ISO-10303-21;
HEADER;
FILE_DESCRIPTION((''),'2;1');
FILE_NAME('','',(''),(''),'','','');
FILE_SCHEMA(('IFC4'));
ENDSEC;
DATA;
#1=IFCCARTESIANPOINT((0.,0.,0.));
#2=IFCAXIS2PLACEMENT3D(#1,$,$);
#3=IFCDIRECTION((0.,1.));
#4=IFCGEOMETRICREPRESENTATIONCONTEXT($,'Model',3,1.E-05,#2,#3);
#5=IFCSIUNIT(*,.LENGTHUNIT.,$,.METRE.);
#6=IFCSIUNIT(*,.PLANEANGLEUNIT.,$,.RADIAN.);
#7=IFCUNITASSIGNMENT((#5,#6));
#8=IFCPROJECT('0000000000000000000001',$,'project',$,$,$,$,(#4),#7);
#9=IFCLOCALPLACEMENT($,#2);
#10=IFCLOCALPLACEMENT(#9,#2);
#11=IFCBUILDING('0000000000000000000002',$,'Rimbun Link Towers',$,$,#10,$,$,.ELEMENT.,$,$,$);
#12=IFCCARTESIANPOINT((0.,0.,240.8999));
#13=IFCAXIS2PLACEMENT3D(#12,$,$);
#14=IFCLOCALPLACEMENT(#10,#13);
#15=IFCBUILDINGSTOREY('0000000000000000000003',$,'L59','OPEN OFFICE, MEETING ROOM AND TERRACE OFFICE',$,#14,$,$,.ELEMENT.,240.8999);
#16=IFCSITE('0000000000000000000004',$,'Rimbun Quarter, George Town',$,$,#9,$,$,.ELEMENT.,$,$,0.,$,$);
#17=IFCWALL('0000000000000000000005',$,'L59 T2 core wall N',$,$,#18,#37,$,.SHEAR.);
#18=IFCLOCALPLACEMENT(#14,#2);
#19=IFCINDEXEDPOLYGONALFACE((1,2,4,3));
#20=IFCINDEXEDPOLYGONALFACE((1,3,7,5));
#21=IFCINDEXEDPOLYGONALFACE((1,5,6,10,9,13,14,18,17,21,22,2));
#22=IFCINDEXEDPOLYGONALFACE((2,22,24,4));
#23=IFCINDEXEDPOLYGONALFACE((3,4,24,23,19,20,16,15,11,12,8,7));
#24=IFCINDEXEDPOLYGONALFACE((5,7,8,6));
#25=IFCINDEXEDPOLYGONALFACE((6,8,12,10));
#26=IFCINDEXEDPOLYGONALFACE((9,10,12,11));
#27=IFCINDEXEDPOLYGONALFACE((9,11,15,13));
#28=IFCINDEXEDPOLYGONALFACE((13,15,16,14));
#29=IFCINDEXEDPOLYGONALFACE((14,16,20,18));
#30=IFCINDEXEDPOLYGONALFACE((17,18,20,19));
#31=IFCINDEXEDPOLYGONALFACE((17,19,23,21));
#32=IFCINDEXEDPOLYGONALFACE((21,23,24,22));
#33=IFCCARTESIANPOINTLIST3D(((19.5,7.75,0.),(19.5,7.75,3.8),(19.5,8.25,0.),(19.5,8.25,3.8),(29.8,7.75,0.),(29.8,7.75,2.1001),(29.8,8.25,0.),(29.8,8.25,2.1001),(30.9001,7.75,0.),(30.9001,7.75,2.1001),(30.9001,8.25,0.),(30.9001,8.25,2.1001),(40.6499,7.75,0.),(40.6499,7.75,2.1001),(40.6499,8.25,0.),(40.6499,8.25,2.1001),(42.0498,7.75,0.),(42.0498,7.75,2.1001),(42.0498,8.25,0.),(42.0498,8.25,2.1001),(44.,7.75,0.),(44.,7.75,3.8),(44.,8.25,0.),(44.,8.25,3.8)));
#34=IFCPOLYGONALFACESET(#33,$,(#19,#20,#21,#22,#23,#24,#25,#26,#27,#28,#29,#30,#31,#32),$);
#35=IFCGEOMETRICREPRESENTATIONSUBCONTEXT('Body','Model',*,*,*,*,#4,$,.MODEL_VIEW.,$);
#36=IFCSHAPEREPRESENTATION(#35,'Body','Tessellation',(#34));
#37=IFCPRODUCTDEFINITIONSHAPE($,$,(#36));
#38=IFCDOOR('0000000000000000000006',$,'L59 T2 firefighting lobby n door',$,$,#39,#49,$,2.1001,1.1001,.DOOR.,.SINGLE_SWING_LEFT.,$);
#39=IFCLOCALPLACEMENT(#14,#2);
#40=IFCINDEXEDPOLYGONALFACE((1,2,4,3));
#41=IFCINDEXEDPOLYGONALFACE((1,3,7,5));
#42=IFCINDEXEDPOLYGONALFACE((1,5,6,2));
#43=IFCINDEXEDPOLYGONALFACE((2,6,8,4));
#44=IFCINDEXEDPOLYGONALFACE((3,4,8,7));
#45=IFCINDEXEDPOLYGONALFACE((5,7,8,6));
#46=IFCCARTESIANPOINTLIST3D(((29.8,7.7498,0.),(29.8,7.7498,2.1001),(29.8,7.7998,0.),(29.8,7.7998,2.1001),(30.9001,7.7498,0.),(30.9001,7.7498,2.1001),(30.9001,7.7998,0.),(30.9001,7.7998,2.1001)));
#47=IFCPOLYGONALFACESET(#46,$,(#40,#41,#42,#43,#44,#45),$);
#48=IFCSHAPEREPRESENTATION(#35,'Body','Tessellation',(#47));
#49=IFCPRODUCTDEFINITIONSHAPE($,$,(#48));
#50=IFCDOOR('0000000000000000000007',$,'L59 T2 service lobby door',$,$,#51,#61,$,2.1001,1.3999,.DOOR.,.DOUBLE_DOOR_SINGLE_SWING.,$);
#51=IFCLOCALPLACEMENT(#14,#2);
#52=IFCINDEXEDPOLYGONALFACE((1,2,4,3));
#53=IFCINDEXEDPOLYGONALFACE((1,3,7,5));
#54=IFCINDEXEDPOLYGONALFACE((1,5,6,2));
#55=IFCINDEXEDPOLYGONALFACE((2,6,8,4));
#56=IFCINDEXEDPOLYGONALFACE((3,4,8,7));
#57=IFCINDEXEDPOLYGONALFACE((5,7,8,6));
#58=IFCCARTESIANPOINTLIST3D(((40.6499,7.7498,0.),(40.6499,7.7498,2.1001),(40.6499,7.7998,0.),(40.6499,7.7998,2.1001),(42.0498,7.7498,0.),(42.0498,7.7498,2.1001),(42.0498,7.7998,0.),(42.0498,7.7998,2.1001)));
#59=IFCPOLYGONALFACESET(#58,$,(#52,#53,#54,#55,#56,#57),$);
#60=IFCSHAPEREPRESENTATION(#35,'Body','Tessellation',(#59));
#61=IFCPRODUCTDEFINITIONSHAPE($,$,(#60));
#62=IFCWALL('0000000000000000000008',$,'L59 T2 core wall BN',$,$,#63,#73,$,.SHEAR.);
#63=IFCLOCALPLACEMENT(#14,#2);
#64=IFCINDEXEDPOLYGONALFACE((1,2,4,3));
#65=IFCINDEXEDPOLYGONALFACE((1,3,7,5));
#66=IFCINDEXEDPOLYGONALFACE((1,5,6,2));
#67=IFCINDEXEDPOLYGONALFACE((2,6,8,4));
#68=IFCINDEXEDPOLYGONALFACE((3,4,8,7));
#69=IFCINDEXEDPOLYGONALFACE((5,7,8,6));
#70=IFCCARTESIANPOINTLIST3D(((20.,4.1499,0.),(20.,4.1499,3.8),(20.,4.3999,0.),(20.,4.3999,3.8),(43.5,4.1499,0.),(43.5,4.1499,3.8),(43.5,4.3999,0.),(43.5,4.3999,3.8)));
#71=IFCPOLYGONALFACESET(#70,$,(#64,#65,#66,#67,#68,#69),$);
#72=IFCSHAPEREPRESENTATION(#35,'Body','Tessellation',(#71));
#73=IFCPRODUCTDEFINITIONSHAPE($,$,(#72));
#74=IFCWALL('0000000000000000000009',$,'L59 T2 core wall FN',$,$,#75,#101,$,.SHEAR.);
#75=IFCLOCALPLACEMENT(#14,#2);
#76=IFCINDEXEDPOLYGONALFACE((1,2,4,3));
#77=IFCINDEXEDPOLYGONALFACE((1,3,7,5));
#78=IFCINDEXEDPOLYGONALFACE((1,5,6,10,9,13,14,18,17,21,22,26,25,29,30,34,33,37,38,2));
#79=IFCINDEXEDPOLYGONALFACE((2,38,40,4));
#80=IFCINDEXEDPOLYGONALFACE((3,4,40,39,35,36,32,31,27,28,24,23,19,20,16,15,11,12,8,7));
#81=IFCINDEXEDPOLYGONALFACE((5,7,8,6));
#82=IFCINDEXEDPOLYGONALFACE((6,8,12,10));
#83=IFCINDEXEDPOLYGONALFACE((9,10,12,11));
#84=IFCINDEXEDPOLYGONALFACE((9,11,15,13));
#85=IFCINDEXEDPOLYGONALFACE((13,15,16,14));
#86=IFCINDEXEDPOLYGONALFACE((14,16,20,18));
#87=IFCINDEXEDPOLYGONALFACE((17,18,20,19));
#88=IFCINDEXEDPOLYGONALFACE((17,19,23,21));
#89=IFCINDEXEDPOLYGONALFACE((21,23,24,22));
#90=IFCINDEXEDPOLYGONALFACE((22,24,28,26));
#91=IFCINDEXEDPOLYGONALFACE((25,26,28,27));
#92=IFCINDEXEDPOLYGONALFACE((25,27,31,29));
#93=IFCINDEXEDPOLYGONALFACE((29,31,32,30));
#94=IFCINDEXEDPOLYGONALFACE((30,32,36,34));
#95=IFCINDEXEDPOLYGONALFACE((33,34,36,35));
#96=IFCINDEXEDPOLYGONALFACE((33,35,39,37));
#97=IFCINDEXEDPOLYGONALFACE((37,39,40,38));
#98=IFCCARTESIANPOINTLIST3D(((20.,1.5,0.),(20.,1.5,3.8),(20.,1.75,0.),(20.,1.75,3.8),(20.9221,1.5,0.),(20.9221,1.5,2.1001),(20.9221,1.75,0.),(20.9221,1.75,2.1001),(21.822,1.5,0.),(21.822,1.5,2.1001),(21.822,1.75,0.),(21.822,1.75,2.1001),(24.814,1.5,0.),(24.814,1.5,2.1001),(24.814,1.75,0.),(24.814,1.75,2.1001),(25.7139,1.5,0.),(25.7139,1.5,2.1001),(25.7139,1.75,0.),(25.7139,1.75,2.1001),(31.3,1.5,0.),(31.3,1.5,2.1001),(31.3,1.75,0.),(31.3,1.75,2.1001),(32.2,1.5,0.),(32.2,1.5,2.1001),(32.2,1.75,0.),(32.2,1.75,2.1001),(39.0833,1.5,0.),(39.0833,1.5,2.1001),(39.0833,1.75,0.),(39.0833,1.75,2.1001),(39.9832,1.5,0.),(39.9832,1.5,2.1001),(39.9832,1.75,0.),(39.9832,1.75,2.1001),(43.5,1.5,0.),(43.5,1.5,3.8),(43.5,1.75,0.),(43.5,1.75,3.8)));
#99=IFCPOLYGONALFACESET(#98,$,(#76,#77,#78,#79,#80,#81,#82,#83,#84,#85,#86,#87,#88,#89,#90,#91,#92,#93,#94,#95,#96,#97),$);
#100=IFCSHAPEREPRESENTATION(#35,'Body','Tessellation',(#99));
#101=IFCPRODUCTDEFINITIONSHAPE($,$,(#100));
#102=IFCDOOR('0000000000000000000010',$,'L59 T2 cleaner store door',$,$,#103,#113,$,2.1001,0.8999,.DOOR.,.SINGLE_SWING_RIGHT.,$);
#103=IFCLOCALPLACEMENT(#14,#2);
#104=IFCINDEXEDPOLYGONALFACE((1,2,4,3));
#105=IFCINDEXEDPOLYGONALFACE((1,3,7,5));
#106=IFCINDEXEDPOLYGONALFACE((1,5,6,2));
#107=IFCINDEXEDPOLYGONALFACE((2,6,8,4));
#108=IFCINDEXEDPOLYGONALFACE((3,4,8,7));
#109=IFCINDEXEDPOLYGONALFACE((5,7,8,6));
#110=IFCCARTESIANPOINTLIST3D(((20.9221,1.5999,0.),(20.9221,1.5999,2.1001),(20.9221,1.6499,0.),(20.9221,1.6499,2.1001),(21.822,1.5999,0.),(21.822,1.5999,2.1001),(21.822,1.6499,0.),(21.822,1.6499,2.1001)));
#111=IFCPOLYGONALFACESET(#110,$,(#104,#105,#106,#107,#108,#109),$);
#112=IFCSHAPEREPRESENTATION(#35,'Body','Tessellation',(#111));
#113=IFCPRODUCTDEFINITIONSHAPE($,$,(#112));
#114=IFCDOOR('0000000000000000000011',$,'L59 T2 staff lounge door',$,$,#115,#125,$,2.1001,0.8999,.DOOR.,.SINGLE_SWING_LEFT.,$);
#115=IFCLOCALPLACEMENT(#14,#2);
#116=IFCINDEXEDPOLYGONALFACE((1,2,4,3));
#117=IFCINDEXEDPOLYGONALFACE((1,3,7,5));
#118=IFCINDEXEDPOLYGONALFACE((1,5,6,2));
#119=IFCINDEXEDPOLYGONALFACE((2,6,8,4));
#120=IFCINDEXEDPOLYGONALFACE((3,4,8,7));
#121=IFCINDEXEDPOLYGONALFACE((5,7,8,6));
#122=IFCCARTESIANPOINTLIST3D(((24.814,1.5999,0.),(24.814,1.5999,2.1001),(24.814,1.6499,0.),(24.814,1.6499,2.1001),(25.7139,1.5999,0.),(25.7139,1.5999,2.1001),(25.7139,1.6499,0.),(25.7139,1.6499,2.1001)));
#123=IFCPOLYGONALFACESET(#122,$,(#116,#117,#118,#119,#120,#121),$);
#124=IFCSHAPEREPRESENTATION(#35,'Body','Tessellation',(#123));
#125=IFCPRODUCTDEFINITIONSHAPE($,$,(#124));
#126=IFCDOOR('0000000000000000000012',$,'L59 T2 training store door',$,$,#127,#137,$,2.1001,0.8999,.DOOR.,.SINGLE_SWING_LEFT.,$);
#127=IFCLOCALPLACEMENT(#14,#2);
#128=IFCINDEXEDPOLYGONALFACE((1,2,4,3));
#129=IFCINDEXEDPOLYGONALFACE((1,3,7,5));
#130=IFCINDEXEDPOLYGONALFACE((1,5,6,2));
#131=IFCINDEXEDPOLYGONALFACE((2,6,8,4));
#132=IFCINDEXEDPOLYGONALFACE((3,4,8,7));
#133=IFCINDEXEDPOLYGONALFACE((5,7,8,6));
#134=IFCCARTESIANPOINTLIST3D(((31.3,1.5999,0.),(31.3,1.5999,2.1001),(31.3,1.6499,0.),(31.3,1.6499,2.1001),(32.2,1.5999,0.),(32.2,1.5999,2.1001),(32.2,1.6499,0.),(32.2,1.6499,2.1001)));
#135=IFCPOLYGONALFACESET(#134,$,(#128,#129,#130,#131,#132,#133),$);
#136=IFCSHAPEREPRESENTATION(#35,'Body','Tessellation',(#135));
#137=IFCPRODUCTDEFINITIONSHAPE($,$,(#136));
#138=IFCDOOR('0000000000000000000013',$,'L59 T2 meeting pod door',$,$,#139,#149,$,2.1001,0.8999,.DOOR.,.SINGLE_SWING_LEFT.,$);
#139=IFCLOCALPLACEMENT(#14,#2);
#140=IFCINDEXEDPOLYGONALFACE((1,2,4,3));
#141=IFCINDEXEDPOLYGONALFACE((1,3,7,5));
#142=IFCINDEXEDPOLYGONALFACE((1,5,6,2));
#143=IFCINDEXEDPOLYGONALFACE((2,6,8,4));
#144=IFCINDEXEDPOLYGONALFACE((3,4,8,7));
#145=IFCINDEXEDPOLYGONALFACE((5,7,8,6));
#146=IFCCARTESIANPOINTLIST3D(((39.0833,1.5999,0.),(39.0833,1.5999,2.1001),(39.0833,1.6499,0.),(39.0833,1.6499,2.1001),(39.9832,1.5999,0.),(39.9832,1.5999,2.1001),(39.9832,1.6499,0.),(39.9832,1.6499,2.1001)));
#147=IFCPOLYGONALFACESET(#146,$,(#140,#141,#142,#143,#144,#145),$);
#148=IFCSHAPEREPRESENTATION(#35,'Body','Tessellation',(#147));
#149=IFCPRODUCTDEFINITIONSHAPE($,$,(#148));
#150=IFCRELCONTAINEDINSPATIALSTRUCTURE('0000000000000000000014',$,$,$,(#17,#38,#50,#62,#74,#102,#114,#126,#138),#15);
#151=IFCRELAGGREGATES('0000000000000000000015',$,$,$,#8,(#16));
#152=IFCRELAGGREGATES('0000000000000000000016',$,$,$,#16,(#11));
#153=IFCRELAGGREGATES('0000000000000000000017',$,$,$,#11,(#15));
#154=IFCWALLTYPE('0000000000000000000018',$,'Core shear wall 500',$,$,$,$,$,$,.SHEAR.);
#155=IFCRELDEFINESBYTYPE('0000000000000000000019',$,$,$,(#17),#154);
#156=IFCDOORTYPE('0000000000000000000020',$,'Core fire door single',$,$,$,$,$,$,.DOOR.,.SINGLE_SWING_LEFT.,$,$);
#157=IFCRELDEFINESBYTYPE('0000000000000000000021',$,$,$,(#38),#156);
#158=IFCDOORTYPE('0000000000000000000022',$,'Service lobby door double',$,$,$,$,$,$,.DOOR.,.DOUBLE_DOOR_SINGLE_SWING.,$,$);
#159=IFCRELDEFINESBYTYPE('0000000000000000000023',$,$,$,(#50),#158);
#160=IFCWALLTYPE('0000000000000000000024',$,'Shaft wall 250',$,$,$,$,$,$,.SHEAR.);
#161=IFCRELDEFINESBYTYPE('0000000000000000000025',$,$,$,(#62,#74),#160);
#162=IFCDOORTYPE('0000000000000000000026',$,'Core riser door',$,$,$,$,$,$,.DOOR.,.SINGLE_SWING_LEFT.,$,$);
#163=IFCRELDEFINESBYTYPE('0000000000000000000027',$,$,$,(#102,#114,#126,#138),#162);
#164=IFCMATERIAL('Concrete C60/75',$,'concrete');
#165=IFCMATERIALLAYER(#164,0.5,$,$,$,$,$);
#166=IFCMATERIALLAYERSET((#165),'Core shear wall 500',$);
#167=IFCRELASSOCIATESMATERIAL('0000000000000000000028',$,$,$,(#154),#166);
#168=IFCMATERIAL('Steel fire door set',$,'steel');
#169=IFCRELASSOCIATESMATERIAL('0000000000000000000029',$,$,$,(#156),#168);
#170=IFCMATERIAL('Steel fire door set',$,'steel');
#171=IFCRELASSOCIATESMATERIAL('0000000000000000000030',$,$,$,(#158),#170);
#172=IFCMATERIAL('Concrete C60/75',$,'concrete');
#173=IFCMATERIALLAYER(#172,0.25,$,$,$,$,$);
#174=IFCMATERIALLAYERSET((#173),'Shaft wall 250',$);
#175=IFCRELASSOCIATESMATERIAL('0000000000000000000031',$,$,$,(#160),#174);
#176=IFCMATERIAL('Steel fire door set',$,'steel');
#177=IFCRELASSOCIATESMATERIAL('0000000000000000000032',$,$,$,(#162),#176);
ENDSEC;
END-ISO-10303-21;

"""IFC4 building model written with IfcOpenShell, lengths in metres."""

from ifc_helpers import new_model, si_unit, direction, frame, frame_2d, origin, place, context, subcontext, project, spatial, rectangle, extrude, material, layer, layer_set, type_object, element, fill, save


model = new_model("IFC4")

# Units and contexts
model_context = context("Model", 3, precision=1e-05, world=origin(), true_north=direction((0.0, 1.0)))
body_context = subcontext(model_context, "Body", "Model", "MODEL_VIEW")
ifc_project = project(units=[si_unit("LENGTHUNIT", "METRE"), si_unit("PLANEANGLEUNIT", "RADIAN")], contexts=[model_context])

# Site, building, storey
site_placement = place(None, origin())
site = spatial("IfcSite", under=ifc_project, at=site_placement, Name="Rimbun Quarter, George Town", CompositionType="ELEMENT", RefElevation=0.0)
building_placement = place(site_placement, origin())
building = spatial("IfcBuilding", under=site, at=building_placement, Name="Rimbun Link Towers", CompositionType="ELEMENT")
storey_placement = place(building_placement, frame((0.0, 0.0, 240.8999)))
storey = spatial("IfcBuildingStorey", under=building, at=storey_placement, Name="L59", Description="OPEN OFFICE, MEETING ROOM AND TERRACE OFFICE", CompositionType="ELEMENT", Elevation=240.8999)

# Wall, openings, doors
ifc_material_1 = material(Name="Concrete C60/75", Category="concrete")
ifc_layer_1 = layer(ifc_material_1, 0.5)
ifc_layer_set_1 = layer_set([ifc_layer_1], Name="Core shear wall 500")
wall_type_1 = type_object("IfcWallType", Name="Core shear wall 500", PredefinedType="SHEAR", material=ifc_layer_set_1)
wall_1_placement = place(storey_placement, frame((19.5, 8.0, 0.0), z_axis=(0.0, 0.0, 1.0), x_axis=(1.0, 0.0, 0.0)))
wall_1 = element("IfcWall", 1, at=wall_1_placement, inside=storey, type_object=wall_type_1, Name="L59 T2 core wall N", PredefinedType="SHEAR", context=body_context, shape_type="SweptSolid", body=[
    extrude(rectangle(XDim=24.5, YDim=0.5, at=frame_2d((12.25, 0.0))), origin(), (0.0, 0.0, 1.0), 3.8),
])
opening_1_placement = place(wall_1_placement, frame((10.3, 0.0, 0.0)))
opening_1 = element("IfcOpeningElement", 2, at=opening_1_placement, cuts=wall_1, PredefinedType="OPENING", context=body_context, shape_type="SweptSolid", body=[
    extrude(rectangle(XDim=1.1001, YDim=2.1001, at=frame_2d((0.55, 1.05))), frame((0.0, 0.26, 0.0), z_axis=(0.0, -1.0, 0.0), x_axis=(1.0, 0.0, 0.0)), (0.0, 0.0, 1.0), 0.52),
])
opening_2_placement = place(wall_1_placement, frame((21.1499, 0.0, 0.0)))
opening_2 = element("IfcOpeningElement", 3, at=opening_2_placement, cuts=wall_1, PredefinedType="OPENING", context=body_context, shape_type="SweptSolid", body=[
    extrude(rectangle(XDim=1.3999, YDim=2.1001, at=frame_2d((0.7, 1.05))), frame((0.0, 0.26, 0.0), z_axis=(0.0, -1.0, 0.0), x_axis=(1.0, 0.0, 0.0)), (0.0, 0.0, 1.0), 0.52),
])
ifc_material_2 = material(Name="Steel fire door set", Category="steel")
door_type_1 = type_object("IfcDoorType", Name="Core fire door single", OperationType="SINGLE_SWING_LEFT", PredefinedType="DOOR", material=ifc_material_2)
door_1_placement = place(opening_1_placement, origin())
door_1 = element("IfcDoor", 4, at=door_1_placement, inside=storey, type_object=door_type_1, Name="L59 T2 firefighting lobby n door", OperationType="SINGLE_SWING_LEFT", OverallHeight=2.1001, OverallWidth=1.1001, PredefinedType="DOOR", context=body_context, shape_type="SweptSolid", body=[
    extrude(rectangle(XDim=1.1001, YDim=2.1001, at=frame_2d((0.55, 1.05))), frame((0.0, -0.2002, 0.0), z_axis=(0.0, -1.0, 0.0), x_axis=(1.0, 0.0, 0.0)), (0.0, 0.0, 1.0), 0.05),
])
fill(opening_1, door_1)
ifc_material_3 = material(Name="Steel fire door set", Category="steel")
door_type_2 = type_object("IfcDoorType", Name="Service lobby door double", OperationType="DOUBLE_DOOR_SINGLE_SWING", PredefinedType="DOOR", material=ifc_material_3)
door_2_placement = place(opening_2_placement, origin())
door_2 = element("IfcDoor", 5, at=door_2_placement, inside=storey, type_object=door_type_2, Name="L59 T2 service lobby door", OperationType="DOUBLE_DOOR_SINGLE_SWING", OverallHeight=2.1001, OverallWidth=1.3999, PredefinedType="DOOR", context=body_context, shape_type="SweptSolid", body=[
    extrude(rectangle(XDim=1.3999, YDim=2.1001, at=frame_2d((0.7, 1.05))), frame((0.0, -0.2002, 0.0), z_axis=(0.0, -1.0, 0.0), x_axis=(1.0, 0.0, 0.0)), (0.0, 0.0, 1.0), 0.05),
])
fill(opening_2, door_2)

# Wall
ifc_material_4 = material(Name="Concrete C60/75", Category="concrete")
ifc_layer_2 = layer(ifc_material_4, 0.25)
ifc_layer_set_2 = layer_set([ifc_layer_2], Name="Shaft wall 250")
wall_type_2 = type_object("IfcWallType", Name="Shaft wall 250", PredefinedType="SHEAR", material=ifc_layer_set_2)
wall_2_placement = place(storey_placement, frame((20.0, 4.2749, 0.0), z_axis=(0.0, 0.0, 1.0), x_axis=(1.0, 0.0, 0.0)))
element("IfcWall", 6, at=wall_2_placement, inside=storey, type_object=wall_type_2, Name="L59 T2 core wall BN", PredefinedType="SHEAR", context=body_context, shape_type="SweptSolid", body=[
    extrude(rectangle(XDim=23.5, YDim=0.25, at=frame_2d((11.75, 0.0))), origin(), (0.0, 0.0, 1.0), 3.8),
])

# Wall, openings, doors
wall_3_placement = place(storey_placement, frame((20.0, 1.625, 0.0), z_axis=(0.0, 0.0, 1.0), x_axis=(1.0, 0.0, 0.0)))
wall_3 = element("IfcWall", 7, at=wall_3_placement, inside=storey, type_object=wall_type_2, Name="L59 T2 core wall FN", PredefinedType="SHEAR", context=body_context, shape_type="SweptSolid", body=[
    extrude(rectangle(XDim=23.5, YDim=0.25, at=frame_2d((11.75, 0.0))), origin(), (0.0, 0.0, 1.0), 3.8),
])
opening_3_placement = place(wall_3_placement, frame((0.9221, 0.0, 0.0)))
opening_3 = element("IfcOpeningElement", 8, at=opening_3_placement, cuts=wall_3, PredefinedType="OPENING", context=body_context, shape_type="SweptSolid", body=[
    extrude(rectangle(XDim=0.8999, YDim=2.1001, at=frame_2d((0.45, 1.05))), frame((0.0, 0.135, 0.0), z_axis=(0.0, -1.0, 0.0), x_axis=(1.0, 0.0, 0.0)), (0.0, 0.0, 1.0), 0.27),
])
opening_4_placement = place(wall_3_placement, frame((4.814, 0.0, 0.0)))
opening_4 = element("IfcOpeningElement", 9, at=opening_4_placement, cuts=wall_3, PredefinedType="OPENING", context=body_context, shape_type="SweptSolid", body=[
    extrude(rectangle(XDim=0.8999, YDim=2.1001, at=frame_2d((0.45, 1.05))), frame((0.0, 0.135, 0.0), z_axis=(0.0, -1.0, 0.0), x_axis=(1.0, 0.0, 0.0)), (0.0, 0.0, 1.0), 0.27),
])
opening_5_placement = place(wall_3_placement, frame((11.3, 0.0, 0.0)))
opening_5 = element("IfcOpeningElement", 10, at=opening_5_placement, cuts=wall_3, PredefinedType="OPENING", context=body_context, shape_type="SweptSolid", body=[
    extrude(rectangle(XDim=0.8999, YDim=2.1001, at=frame_2d((0.45, 1.05))), frame((0.0, 0.135, 0.0), z_axis=(0.0, -1.0, 0.0), x_axis=(1.0, 0.0, 0.0)), (0.0, 0.0, 1.0), 0.27),
])
opening_6_placement = place(wall_3_placement, frame((19.0833, 0.0, 0.0)))
opening_6 = element("IfcOpeningElement", 11, at=opening_6_placement, cuts=wall_3, PredefinedType="OPENING", context=body_context, shape_type="SweptSolid", body=[
    extrude(rectangle(XDim=0.8999, YDim=2.1001, at=frame_2d((0.45, 1.05))), frame((0.0, 0.135, 0.0), z_axis=(0.0, -1.0, 0.0), x_axis=(1.0, 0.0, 0.0)), (0.0, 0.0, 1.0), 0.27),
])
ifc_material_5 = material(Name="Steel fire door set", Category="steel")
door_type_3 = type_object("IfcDoorType", Name="Core riser door", OperationType="SINGLE_SWING_LEFT", PredefinedType="DOOR", material=ifc_material_5)
door_3_placement = place(opening_3_placement, origin())
door_3 = element("IfcDoor", 12, at=door_3_placement, inside=storey, type_object=door_type_3, Name="L59 T2 cleaner store door", OperationType="SINGLE_SWING_RIGHT", OverallHeight=2.1001, OverallWidth=0.8999, PredefinedType="DOOR", context=body_context, shape_type="SweptSolid", body=[
    extrude(rectangle(XDim=0.8999, YDim=2.1001, at=frame_2d((0.45, 1.05))), frame((0.0, 0.0249, 0.0), z_axis=(0.0, -1.0, 0.0), x_axis=(1.0, 0.0, 0.0)), (0.0, 0.0, 1.0), 0.05),
])
fill(opening_3, door_3)
door_4_placement = place(opening_4_placement, origin())
door_4 = element("IfcDoor", 13, at=door_4_placement, inside=storey, type_object=door_type_3, Name="L59 T2 staff lounge door", OperationType="SINGLE_SWING_LEFT", OverallHeight=2.1001, OverallWidth=0.8999, PredefinedType="DOOR", context=body_context, shape_type="SweptSolid", body=[
    extrude(rectangle(XDim=0.8999, YDim=2.1001, at=frame_2d((0.45, 1.05))), frame((0.0, 0.0249, 0.0), z_axis=(0.0, -1.0, 0.0), x_axis=(1.0, 0.0, 0.0)), (0.0, 0.0, 1.0), 0.05),
])
fill(opening_4, door_4)
door_5_placement = place(opening_5_placement, origin())
door_5 = element("IfcDoor", 14, at=door_5_placement, inside=storey, type_object=door_type_3, Name="L59 T2 training store door", OperationType="SINGLE_SWING_LEFT", OverallHeight=2.1001, OverallWidth=0.8999, PredefinedType="DOOR", context=body_context, shape_type="SweptSolid", body=[
    extrude(rectangle(XDim=0.8999, YDim=2.1001, at=frame_2d((0.45, 1.05))), frame((0.0, 0.0249, 0.0), z_axis=(0.0, -1.0, 0.0), x_axis=(1.0, 0.0, 0.0)), (0.0, 0.0, 1.0), 0.05),
])
fill(opening_5, door_5)
door_6_placement = place(opening_6_placement, origin())
door_6 = element("IfcDoor", 15, at=door_6_placement, inside=storey, type_object=door_type_3, Name="L59 T2 meeting pod door", OperationType="SINGLE_SWING_LEFT", OverallHeight=2.1001, OverallWidth=0.8999, PredefinedType="DOOR", context=body_context, shape_type="SweptSolid", body=[
    extrude(rectangle(XDim=0.8999, YDim=2.1001, at=frame_2d((0.45, 1.05))), frame((0.0, 0.0249, 0.0), z_axis=(0.0, -1.0, 0.0), x_axis=(1.0, 0.0, 0.0)), (0.0, 0.0, 1.0), 0.05),
])
fill(opening_6, door_6)

save(model, "model.ifc")
